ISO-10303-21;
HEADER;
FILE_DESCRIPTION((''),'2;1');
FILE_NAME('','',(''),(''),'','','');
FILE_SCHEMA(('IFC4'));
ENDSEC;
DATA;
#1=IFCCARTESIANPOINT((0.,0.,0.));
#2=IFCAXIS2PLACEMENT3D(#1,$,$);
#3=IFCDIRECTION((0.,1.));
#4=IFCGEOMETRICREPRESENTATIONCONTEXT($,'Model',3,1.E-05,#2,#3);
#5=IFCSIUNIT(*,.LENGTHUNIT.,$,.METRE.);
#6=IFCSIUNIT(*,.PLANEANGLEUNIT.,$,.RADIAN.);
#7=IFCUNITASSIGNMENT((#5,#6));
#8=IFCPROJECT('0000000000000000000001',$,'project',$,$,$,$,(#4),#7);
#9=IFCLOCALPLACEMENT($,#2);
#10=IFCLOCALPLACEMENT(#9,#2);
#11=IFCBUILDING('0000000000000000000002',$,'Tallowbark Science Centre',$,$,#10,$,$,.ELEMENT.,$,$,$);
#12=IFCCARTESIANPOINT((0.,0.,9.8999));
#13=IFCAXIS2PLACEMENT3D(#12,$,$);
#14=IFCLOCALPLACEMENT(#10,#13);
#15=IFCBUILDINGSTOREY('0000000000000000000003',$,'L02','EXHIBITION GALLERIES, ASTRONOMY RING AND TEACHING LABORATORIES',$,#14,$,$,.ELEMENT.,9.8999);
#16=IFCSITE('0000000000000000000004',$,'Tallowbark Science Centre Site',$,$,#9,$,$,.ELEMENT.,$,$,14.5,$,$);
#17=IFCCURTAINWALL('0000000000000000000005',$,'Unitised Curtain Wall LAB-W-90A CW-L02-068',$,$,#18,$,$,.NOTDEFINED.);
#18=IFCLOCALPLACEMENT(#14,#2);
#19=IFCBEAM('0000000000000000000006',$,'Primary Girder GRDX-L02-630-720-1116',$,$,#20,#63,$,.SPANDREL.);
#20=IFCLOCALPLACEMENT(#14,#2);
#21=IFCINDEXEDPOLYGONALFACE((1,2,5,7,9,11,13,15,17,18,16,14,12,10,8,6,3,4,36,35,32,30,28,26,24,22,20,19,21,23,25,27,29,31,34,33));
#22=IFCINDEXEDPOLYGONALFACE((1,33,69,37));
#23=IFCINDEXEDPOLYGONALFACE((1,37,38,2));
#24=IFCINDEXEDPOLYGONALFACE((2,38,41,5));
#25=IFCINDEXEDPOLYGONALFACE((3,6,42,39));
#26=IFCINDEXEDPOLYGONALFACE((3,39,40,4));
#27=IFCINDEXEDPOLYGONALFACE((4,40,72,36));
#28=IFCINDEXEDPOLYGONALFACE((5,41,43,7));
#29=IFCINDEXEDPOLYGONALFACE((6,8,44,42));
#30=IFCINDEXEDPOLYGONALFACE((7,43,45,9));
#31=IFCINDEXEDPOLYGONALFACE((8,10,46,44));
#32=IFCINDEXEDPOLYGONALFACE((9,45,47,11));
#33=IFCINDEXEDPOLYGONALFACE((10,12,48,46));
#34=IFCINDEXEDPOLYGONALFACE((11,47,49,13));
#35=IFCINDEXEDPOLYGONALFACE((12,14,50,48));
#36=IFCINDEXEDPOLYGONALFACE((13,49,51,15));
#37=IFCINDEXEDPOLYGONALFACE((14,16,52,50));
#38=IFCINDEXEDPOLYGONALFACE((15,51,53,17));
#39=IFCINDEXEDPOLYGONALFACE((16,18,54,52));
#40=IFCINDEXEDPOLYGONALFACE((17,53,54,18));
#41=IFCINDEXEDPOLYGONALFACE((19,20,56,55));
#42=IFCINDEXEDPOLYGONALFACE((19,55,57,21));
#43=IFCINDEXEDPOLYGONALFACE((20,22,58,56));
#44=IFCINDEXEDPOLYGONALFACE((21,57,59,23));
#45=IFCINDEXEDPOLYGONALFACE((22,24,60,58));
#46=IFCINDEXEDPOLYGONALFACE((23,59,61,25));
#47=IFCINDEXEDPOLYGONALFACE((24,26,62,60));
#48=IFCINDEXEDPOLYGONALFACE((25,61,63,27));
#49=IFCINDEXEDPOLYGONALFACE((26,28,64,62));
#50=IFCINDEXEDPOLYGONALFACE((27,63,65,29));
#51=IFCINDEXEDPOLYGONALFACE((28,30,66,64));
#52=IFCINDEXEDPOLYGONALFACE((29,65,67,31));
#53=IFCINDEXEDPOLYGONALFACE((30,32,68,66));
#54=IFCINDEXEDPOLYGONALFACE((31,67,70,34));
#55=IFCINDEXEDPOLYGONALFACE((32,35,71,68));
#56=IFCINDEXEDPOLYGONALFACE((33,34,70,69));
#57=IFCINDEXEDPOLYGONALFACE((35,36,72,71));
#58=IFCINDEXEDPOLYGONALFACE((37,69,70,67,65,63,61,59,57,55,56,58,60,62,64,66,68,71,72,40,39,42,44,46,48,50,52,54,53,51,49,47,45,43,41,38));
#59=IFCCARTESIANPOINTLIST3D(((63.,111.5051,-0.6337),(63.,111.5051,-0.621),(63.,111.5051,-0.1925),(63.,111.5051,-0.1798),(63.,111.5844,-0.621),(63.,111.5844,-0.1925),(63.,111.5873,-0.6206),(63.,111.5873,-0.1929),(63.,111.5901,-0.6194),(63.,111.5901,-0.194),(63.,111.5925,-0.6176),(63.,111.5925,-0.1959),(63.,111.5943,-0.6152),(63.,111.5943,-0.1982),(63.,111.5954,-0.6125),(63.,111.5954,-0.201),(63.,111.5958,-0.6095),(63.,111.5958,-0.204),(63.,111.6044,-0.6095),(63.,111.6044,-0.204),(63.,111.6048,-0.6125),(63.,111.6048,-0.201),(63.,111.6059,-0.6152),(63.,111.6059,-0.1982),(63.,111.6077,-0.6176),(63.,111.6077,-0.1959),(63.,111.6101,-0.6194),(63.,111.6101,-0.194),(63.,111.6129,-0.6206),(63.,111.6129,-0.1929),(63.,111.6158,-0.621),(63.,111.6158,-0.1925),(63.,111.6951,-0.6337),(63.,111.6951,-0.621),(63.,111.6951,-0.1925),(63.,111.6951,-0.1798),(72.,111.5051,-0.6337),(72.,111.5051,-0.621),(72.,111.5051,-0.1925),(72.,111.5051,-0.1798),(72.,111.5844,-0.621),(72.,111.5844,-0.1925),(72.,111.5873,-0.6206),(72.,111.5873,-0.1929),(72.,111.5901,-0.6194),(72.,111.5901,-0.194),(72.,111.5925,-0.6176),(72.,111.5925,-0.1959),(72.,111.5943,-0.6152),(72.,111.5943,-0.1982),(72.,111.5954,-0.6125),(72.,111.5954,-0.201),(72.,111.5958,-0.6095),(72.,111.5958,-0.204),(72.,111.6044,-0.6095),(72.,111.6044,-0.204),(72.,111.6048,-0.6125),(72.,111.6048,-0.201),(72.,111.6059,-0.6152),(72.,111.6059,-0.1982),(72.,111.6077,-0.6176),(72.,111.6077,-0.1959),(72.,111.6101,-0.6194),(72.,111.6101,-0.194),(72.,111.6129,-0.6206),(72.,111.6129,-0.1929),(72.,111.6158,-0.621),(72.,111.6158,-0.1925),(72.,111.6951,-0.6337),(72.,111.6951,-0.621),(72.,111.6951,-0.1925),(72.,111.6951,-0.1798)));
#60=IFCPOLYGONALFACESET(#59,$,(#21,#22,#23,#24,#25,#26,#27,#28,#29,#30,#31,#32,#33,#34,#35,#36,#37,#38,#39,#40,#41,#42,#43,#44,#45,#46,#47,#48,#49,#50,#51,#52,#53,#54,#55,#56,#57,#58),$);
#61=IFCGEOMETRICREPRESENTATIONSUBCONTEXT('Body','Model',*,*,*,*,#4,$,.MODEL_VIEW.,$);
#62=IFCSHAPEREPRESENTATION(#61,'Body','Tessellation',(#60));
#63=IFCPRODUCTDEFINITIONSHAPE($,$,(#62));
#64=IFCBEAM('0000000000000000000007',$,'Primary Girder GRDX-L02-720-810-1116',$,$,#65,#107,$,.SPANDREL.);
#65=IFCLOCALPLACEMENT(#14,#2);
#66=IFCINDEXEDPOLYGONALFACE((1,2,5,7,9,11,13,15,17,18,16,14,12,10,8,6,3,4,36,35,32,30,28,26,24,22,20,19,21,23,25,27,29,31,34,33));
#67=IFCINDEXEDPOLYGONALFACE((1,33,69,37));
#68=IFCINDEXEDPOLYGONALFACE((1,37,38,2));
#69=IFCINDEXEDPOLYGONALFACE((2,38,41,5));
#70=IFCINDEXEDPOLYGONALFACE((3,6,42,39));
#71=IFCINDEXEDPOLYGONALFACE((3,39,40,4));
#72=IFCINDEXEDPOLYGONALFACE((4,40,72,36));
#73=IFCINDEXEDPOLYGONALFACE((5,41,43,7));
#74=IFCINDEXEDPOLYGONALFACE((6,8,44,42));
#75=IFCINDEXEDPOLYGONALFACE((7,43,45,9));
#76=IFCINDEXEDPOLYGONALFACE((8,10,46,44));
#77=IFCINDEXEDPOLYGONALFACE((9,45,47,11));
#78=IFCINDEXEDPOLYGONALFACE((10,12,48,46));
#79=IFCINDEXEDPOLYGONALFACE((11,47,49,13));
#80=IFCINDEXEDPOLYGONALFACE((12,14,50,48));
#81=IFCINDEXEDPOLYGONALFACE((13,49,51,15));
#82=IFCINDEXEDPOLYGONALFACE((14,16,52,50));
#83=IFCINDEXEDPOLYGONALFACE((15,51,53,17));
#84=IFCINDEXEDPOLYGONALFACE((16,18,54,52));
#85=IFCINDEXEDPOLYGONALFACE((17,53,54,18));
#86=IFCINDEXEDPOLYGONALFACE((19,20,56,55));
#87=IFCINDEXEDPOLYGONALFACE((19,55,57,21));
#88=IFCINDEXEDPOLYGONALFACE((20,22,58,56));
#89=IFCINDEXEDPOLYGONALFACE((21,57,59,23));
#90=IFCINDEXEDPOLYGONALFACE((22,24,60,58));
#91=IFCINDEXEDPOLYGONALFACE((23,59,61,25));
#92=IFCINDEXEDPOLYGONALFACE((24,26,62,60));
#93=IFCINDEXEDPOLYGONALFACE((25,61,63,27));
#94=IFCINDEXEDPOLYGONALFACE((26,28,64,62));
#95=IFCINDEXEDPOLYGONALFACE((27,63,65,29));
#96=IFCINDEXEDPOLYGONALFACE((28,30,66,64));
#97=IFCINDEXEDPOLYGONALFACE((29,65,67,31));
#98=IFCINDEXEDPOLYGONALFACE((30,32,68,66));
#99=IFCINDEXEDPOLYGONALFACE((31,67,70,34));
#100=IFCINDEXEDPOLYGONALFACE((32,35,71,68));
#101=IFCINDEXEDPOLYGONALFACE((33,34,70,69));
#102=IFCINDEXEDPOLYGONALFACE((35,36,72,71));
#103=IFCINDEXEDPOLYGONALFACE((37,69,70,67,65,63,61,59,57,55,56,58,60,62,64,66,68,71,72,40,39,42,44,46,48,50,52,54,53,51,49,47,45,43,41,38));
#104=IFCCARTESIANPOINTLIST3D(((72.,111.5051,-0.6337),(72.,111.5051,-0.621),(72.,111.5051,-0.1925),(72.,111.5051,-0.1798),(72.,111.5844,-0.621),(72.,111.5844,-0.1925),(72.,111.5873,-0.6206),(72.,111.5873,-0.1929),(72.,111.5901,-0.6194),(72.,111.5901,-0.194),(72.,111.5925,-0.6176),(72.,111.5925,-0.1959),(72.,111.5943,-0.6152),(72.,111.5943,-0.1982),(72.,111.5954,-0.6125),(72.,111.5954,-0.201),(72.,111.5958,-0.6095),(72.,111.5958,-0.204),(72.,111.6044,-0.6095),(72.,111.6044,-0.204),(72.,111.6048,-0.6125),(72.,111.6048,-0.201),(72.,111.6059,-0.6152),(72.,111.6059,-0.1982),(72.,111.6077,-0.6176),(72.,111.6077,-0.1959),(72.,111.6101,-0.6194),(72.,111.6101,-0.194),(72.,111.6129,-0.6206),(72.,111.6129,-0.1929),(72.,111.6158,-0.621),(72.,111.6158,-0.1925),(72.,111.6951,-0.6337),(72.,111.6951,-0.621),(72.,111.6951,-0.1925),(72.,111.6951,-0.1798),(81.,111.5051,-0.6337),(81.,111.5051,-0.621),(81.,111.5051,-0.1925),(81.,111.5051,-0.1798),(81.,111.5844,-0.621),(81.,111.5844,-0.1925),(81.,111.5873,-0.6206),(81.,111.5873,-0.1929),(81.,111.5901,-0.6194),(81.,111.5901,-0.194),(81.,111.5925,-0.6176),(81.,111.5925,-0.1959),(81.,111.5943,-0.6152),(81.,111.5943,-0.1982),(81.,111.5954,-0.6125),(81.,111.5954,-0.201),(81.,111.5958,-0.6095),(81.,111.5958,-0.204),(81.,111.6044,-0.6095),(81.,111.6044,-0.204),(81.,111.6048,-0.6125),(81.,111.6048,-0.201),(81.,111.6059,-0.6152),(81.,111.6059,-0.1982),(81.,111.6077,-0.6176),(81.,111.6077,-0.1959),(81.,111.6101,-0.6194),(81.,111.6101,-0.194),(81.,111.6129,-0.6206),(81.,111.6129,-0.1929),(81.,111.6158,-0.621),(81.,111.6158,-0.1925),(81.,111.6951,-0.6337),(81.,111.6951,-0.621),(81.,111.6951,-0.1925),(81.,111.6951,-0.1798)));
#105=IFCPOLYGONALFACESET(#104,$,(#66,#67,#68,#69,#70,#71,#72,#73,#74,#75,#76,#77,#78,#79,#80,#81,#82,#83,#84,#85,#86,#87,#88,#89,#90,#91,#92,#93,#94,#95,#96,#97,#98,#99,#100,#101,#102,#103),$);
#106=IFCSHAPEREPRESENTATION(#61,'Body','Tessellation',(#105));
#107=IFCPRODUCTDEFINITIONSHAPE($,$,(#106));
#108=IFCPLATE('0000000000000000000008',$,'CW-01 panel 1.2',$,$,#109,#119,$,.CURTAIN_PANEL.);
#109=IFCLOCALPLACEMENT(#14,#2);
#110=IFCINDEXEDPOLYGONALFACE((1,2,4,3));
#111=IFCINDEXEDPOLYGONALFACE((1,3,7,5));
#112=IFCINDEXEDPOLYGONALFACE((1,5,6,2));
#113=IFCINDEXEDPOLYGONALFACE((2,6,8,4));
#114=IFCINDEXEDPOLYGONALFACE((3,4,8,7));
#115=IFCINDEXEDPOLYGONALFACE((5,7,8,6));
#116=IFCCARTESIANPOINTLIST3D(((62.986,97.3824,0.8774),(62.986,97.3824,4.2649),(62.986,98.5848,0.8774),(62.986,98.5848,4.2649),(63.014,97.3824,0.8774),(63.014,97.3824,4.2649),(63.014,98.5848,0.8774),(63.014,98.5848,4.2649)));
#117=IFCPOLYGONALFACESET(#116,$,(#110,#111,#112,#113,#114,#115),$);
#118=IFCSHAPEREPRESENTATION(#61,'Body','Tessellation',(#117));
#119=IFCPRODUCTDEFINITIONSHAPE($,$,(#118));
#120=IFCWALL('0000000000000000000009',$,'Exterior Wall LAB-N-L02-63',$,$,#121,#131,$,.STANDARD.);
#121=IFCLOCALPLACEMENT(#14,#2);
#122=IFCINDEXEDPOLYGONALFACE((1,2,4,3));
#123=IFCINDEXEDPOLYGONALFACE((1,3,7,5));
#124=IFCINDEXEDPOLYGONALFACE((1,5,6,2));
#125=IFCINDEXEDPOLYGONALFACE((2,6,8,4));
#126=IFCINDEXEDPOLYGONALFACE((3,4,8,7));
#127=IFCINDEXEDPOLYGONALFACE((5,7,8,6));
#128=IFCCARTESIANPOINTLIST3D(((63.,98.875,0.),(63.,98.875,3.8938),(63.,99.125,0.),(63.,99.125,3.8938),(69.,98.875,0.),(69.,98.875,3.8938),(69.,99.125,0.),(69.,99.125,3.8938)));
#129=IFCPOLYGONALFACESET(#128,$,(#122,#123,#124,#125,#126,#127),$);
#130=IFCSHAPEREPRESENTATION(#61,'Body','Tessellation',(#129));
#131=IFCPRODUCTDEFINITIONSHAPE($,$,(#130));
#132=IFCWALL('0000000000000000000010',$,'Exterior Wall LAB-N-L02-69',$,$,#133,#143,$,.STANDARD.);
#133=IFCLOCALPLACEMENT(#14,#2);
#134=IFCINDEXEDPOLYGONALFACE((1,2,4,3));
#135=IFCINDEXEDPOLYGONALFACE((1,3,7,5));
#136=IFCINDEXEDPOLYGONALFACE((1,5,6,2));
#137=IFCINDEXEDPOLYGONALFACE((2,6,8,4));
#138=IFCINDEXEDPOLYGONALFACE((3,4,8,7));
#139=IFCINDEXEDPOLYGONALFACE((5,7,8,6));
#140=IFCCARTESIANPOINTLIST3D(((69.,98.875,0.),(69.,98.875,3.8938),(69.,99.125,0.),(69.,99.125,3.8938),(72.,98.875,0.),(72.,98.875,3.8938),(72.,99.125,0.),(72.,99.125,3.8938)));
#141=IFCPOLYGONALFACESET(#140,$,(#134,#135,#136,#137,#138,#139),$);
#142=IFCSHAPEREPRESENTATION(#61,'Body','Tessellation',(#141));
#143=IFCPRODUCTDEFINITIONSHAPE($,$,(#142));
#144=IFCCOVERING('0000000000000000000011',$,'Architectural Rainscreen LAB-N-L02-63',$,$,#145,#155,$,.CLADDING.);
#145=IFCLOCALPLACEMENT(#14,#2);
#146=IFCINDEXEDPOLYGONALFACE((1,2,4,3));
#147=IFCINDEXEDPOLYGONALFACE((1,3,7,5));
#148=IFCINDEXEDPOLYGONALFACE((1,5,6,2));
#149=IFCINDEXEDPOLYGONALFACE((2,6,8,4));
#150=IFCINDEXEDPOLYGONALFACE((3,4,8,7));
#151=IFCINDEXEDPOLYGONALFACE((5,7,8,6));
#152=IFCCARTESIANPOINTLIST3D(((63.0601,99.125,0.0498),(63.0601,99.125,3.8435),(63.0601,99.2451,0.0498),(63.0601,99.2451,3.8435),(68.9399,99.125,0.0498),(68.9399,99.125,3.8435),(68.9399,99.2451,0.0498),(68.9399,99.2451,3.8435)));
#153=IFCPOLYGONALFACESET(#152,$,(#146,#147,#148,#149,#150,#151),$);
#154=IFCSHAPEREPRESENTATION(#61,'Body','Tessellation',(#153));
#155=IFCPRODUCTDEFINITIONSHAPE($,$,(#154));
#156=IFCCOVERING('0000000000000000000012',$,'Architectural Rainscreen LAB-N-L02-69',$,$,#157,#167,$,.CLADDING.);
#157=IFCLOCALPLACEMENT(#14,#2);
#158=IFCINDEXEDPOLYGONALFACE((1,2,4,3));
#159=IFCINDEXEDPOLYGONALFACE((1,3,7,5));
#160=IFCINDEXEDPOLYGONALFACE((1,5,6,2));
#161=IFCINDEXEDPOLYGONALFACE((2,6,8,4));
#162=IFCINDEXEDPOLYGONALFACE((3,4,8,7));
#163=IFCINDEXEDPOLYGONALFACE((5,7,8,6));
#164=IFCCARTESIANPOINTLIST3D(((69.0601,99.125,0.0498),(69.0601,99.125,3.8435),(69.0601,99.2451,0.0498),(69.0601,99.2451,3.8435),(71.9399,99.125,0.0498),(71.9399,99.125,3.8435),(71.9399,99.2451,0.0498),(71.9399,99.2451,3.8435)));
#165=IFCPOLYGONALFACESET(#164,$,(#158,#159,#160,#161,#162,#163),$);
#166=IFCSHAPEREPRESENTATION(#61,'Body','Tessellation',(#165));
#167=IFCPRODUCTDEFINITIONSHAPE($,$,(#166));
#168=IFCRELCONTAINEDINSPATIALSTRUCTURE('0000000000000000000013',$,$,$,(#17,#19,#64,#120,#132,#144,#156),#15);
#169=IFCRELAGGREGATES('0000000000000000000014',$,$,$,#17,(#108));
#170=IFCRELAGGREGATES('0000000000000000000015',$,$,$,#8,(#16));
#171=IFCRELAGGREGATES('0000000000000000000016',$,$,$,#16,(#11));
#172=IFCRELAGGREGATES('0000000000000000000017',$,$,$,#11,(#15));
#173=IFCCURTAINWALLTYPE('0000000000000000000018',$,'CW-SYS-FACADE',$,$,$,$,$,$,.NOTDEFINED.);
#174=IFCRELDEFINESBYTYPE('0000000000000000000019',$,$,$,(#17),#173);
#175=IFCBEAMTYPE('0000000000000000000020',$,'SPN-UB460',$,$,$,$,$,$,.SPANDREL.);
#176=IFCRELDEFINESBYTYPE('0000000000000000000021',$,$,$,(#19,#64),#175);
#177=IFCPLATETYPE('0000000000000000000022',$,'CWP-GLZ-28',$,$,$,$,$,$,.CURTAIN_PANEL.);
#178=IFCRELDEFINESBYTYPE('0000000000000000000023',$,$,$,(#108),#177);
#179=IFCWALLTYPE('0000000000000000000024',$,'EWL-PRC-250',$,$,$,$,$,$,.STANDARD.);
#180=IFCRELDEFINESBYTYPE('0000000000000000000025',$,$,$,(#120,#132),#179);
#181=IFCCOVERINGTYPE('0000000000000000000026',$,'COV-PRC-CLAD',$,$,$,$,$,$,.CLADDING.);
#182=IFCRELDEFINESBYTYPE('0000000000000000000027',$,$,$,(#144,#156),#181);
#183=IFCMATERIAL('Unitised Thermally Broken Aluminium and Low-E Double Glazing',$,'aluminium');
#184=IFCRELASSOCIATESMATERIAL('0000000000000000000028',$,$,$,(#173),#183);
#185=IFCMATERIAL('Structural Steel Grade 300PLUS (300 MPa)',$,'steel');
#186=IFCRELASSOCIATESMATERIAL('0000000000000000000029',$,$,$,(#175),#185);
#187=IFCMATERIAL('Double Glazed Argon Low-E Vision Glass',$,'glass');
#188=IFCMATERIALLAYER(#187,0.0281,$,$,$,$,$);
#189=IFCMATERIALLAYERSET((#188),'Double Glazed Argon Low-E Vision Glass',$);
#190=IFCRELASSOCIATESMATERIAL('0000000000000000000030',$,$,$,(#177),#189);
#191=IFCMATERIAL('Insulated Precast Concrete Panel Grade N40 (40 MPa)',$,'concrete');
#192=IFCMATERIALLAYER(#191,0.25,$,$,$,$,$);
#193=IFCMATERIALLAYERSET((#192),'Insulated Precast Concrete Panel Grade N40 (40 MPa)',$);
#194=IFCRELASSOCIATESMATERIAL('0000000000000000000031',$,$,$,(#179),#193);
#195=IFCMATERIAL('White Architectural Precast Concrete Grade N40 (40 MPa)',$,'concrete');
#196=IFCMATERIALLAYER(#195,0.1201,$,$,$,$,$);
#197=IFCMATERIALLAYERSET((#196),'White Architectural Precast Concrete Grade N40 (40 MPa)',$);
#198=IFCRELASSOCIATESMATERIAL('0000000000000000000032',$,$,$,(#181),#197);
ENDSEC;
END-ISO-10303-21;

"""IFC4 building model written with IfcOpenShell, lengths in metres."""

from ifc_helpers import new_model, si_unit, direction, frame, frame_2d, origin, origin_2d, place, context, subcontext, project, spatial, rectangle, i_section, extrude, material, layer, layer_set, material_profile, profile_set, type_object, element, aggregate, save


model = new_model("IFC4")

# Units and contexts
model_context = context("Model", 3, precision=1e-05, world=origin(), true_north=direction((0.0, 1.0)))
body_context = subcontext(model_context, "Body", "Model", "MODEL_VIEW")
ifc_project = project(units=[si_unit("LENGTHUNIT", "METRE"), si_unit("PLANEANGLEUNIT", "RADIAN")], contexts=[model_context])

# Site, building, storey
site_placement = place(None, origin())
site = spatial("IfcSite", under=ifc_project, at=site_placement, Name="Tallowbark Science Centre Site", CompositionType="ELEMENT", RefElevation=14.5)
building_placement = place(site_placement, origin())
building = spatial("IfcBuilding", under=site, at=building_placement, Name="Tallowbark Science Centre", CompositionType="ELEMENT")
storey_placement = place(building_placement, frame((0.0, 0.0, 9.8999)))
storey = spatial("IfcBuildingStorey", under=building, at=storey_placement, Name="L02", Description="EXHIBITION GALLERIES, ASTRONOMY RING AND TEACHING LABORATORIES", CompositionType="ELEMENT", Elevation=9.8999)

# Shared definitions
ifc_material_1 = material(Name="Structural Steel Grade 300PLUS (300 MPa)", Category="steel")

# Curtain wall
ifc_material_2 = material(Name="Unitised Thermally Broken Aluminium and Low-E Double Glazing", Category="aluminium")
curtain_wall_type = type_object("IfcCurtainWallType", Name="CW-SYS-FACADE", PredefinedType="NOTDEFINED", material=ifc_material_2)
curtain_wall_placement = place(storey_placement, origin())
curtain_wall = element("IfcCurtainWall", 1, at=curtain_wall_placement, inside=storey, type_object=curtain_wall_type, Name="Unitised Curtain Wall LAB-W-90A CW-L02-068", PredefinedType="NOTDEFINED")

# Beams
ifc_material_profile_1 = material_profile(ifc_material_1, i_section(OverallWidth=0.1899, OverallDepth=0.4539, WebThickness=0.0085, FlangeThickness=0.0127, FilletRadius=0.0115, at=origin_2d()), Name="460UB67.1")
ifc_profile_set_1 = profile_set([ifc_material_profile_1], Name="Structural Steel Grade 300PLUS (300 MPa)")
beam_type_1 = type_object("IfcBeamType", Name="SPN-UB460", PredefinedType="SPANDREL", material=ifc_profile_set_1)
for number, where, z_axis, x_axis, name in (
    (2, (63.0, 111.6001, -0.4067), (1.0, 0.0, 0.0), (0.0, 1.0, 0.0), "Primary Girder GRDX-L02-630-720-1116"),
    (3, (72.0, 111.6001, -0.4067), (1.0, 0.0, 0.0), (0.0, 1.0, 0.0), "Primary Girder GRDX-L02-720-810-1116"),
):
    element("IfcBeam", number, at=place(storey_placement, frame(where, z_axis=z_axis, x_axis=x_axis)), inside=storey, type_object=beam_type_1, Name=name, PredefinedType="SPANDREL", context=body_context, shape_type="SweptSolid", body=[
        extrude(i_section(OverallWidth=0.1899, OverallDepth=0.4539, WebThickness=0.0085, FlangeThickness=0.0127, FilletRadius=0.0115, at=origin_2d()), origin(), (0.0, 0.0, 1.0), 9.0),
    ])

# Plate
ifc_material_3 = material(Name="Double Glazed Argon Low-E Vision Glass", Category="glass")
ifc_layer_1 = layer(ifc_material_3, 0.0281)
ifc_layer_set_1 = layer_set([ifc_layer_1], Name="Double Glazed Argon Low-E Vision Glass")
plate_type = type_object("IfcPlateType", Name="CWP-GLZ-28", PredefinedType="CURTAIN_PANEL", material=ifc_layer_set_1)
plate_placement = place(storey_placement, frame((63.0, 97.9836, 0.8774), z_axis=(0.0, 0.0, 1.0), x_axis=(0.0, -1.0, 0.0)))
plate = element("IfcPlate", 4, at=plate_placement, type_object=plate_type, Name="CW-01 panel 1.2", PredefinedType="CURTAIN_PANEL", context=body_context, shape_type="SweptSolid", body=[
    extrude(rectangle(XDim=1.2024, YDim=0.0281, at=origin_2d()), origin(), (0.0, 0.0, 1.0), 3.3875),
])
aggregate(curtain_wall, [plate])

# Walls
ifc_material_4 = material(Name="Insulated Precast Concrete Panel Grade N40 (40 MPa)", Category="concrete")
ifc_layer_2 = layer(ifc_material_4, 0.25)
ifc_layer_set_2 = layer_set([ifc_layer_2], Name="Insulated Precast Concrete Panel Grade N40 (40 MPa)")
wall_type = type_object("IfcWallType", Name="EWL-PRC-250", PredefinedType="STANDARD", material=ifc_layer_set_2)
wall_1_placement = place(storey_placement, frame((69.0, 99.0, 0.0), z_axis=(0.0, 0.0, 1.0), x_axis=(-1.0, 0.0, 0.0)))
element("IfcWall", 5, at=wall_1_placement, inside=storey, type_object=wall_type, Name="Exterior Wall LAB-N-L02-63", PredefinedType="STANDARD", context=body_context, shape_type="SweptSolid", body=[
    extrude(rectangle(XDim=6.0, YDim=0.25, at=frame_2d((3.0, 0.0))), origin(), (0.0, 0.0, 1.0), 3.8938),
])
wall_2_placement = place(storey_placement, frame((72.0, 99.0, 0.0), z_axis=(0.0, 0.0, 1.0), x_axis=(-1.0, 0.0, 0.0)))
element("IfcWall", 6, at=wall_2_placement, inside=storey, type_object=wall_type, Name="Exterior Wall LAB-N-L02-69", PredefinedType="STANDARD", context=body_context, shape_type="SweptSolid", body=[
    extrude(rectangle(XDim=3.0, YDim=0.25, at=frame_2d((1.5, 0.0))), origin(), (0.0, 0.0, 1.0), 3.8938),
])

# Coverings
ifc_material_5 = material(Name="White Architectural Precast Concrete Grade N40 (40 MPa)", Category="concrete")
ifc_layer_3 = layer(ifc_material_5, 0.1201)
ifc_layer_set_3 = layer_set([ifc_layer_3], Name="White Architectural Precast Concrete Grade N40 (40 MPa)")
covering_type = type_object("IfcCoveringType", Name="COV-PRC-CLAD", PredefinedType="CLADDING", material=ifc_layer_set_3)
covering_1_placement = place(storey_placement, frame((66.0, 99.1851, 0.0498), z_axis=(0.0, 0.0, 1.0), x_axis=(-1.0, 0.0, 0.0)))
element("IfcCovering", 7, at=covering_1_placement, inside=storey, type_object=covering_type, Name="Architectural Rainscreen LAB-N-L02-63", PredefinedType="CLADDING", context=body_context, shape_type="SweptSolid", body=[
    extrude(rectangle(XDim=5.8799, YDim=0.1201, at=origin_2d()), origin(), (0.0, 0.0, 1.0), 3.7937),
])
covering_2_placement = place(storey_placement, frame((70.5, 99.1851, 0.0498), z_axis=(0.0, 0.0, 1.0), x_axis=(-1.0, 0.0, 0.0)))
element("IfcCovering", 8, at=covering_2_placement, inside=storey, type_object=covering_type, Name="Architectural Rainscreen LAB-N-L02-69", PredefinedType="CLADDING", context=body_context, shape_type="SweptSolid", body=[
    extrude(rectangle(XDim=2.8799, YDim=0.1201, at=origin_2d()), origin(), (0.0, 0.0, 1.0), 3.7937),
])

save(model, "model.ifc")
